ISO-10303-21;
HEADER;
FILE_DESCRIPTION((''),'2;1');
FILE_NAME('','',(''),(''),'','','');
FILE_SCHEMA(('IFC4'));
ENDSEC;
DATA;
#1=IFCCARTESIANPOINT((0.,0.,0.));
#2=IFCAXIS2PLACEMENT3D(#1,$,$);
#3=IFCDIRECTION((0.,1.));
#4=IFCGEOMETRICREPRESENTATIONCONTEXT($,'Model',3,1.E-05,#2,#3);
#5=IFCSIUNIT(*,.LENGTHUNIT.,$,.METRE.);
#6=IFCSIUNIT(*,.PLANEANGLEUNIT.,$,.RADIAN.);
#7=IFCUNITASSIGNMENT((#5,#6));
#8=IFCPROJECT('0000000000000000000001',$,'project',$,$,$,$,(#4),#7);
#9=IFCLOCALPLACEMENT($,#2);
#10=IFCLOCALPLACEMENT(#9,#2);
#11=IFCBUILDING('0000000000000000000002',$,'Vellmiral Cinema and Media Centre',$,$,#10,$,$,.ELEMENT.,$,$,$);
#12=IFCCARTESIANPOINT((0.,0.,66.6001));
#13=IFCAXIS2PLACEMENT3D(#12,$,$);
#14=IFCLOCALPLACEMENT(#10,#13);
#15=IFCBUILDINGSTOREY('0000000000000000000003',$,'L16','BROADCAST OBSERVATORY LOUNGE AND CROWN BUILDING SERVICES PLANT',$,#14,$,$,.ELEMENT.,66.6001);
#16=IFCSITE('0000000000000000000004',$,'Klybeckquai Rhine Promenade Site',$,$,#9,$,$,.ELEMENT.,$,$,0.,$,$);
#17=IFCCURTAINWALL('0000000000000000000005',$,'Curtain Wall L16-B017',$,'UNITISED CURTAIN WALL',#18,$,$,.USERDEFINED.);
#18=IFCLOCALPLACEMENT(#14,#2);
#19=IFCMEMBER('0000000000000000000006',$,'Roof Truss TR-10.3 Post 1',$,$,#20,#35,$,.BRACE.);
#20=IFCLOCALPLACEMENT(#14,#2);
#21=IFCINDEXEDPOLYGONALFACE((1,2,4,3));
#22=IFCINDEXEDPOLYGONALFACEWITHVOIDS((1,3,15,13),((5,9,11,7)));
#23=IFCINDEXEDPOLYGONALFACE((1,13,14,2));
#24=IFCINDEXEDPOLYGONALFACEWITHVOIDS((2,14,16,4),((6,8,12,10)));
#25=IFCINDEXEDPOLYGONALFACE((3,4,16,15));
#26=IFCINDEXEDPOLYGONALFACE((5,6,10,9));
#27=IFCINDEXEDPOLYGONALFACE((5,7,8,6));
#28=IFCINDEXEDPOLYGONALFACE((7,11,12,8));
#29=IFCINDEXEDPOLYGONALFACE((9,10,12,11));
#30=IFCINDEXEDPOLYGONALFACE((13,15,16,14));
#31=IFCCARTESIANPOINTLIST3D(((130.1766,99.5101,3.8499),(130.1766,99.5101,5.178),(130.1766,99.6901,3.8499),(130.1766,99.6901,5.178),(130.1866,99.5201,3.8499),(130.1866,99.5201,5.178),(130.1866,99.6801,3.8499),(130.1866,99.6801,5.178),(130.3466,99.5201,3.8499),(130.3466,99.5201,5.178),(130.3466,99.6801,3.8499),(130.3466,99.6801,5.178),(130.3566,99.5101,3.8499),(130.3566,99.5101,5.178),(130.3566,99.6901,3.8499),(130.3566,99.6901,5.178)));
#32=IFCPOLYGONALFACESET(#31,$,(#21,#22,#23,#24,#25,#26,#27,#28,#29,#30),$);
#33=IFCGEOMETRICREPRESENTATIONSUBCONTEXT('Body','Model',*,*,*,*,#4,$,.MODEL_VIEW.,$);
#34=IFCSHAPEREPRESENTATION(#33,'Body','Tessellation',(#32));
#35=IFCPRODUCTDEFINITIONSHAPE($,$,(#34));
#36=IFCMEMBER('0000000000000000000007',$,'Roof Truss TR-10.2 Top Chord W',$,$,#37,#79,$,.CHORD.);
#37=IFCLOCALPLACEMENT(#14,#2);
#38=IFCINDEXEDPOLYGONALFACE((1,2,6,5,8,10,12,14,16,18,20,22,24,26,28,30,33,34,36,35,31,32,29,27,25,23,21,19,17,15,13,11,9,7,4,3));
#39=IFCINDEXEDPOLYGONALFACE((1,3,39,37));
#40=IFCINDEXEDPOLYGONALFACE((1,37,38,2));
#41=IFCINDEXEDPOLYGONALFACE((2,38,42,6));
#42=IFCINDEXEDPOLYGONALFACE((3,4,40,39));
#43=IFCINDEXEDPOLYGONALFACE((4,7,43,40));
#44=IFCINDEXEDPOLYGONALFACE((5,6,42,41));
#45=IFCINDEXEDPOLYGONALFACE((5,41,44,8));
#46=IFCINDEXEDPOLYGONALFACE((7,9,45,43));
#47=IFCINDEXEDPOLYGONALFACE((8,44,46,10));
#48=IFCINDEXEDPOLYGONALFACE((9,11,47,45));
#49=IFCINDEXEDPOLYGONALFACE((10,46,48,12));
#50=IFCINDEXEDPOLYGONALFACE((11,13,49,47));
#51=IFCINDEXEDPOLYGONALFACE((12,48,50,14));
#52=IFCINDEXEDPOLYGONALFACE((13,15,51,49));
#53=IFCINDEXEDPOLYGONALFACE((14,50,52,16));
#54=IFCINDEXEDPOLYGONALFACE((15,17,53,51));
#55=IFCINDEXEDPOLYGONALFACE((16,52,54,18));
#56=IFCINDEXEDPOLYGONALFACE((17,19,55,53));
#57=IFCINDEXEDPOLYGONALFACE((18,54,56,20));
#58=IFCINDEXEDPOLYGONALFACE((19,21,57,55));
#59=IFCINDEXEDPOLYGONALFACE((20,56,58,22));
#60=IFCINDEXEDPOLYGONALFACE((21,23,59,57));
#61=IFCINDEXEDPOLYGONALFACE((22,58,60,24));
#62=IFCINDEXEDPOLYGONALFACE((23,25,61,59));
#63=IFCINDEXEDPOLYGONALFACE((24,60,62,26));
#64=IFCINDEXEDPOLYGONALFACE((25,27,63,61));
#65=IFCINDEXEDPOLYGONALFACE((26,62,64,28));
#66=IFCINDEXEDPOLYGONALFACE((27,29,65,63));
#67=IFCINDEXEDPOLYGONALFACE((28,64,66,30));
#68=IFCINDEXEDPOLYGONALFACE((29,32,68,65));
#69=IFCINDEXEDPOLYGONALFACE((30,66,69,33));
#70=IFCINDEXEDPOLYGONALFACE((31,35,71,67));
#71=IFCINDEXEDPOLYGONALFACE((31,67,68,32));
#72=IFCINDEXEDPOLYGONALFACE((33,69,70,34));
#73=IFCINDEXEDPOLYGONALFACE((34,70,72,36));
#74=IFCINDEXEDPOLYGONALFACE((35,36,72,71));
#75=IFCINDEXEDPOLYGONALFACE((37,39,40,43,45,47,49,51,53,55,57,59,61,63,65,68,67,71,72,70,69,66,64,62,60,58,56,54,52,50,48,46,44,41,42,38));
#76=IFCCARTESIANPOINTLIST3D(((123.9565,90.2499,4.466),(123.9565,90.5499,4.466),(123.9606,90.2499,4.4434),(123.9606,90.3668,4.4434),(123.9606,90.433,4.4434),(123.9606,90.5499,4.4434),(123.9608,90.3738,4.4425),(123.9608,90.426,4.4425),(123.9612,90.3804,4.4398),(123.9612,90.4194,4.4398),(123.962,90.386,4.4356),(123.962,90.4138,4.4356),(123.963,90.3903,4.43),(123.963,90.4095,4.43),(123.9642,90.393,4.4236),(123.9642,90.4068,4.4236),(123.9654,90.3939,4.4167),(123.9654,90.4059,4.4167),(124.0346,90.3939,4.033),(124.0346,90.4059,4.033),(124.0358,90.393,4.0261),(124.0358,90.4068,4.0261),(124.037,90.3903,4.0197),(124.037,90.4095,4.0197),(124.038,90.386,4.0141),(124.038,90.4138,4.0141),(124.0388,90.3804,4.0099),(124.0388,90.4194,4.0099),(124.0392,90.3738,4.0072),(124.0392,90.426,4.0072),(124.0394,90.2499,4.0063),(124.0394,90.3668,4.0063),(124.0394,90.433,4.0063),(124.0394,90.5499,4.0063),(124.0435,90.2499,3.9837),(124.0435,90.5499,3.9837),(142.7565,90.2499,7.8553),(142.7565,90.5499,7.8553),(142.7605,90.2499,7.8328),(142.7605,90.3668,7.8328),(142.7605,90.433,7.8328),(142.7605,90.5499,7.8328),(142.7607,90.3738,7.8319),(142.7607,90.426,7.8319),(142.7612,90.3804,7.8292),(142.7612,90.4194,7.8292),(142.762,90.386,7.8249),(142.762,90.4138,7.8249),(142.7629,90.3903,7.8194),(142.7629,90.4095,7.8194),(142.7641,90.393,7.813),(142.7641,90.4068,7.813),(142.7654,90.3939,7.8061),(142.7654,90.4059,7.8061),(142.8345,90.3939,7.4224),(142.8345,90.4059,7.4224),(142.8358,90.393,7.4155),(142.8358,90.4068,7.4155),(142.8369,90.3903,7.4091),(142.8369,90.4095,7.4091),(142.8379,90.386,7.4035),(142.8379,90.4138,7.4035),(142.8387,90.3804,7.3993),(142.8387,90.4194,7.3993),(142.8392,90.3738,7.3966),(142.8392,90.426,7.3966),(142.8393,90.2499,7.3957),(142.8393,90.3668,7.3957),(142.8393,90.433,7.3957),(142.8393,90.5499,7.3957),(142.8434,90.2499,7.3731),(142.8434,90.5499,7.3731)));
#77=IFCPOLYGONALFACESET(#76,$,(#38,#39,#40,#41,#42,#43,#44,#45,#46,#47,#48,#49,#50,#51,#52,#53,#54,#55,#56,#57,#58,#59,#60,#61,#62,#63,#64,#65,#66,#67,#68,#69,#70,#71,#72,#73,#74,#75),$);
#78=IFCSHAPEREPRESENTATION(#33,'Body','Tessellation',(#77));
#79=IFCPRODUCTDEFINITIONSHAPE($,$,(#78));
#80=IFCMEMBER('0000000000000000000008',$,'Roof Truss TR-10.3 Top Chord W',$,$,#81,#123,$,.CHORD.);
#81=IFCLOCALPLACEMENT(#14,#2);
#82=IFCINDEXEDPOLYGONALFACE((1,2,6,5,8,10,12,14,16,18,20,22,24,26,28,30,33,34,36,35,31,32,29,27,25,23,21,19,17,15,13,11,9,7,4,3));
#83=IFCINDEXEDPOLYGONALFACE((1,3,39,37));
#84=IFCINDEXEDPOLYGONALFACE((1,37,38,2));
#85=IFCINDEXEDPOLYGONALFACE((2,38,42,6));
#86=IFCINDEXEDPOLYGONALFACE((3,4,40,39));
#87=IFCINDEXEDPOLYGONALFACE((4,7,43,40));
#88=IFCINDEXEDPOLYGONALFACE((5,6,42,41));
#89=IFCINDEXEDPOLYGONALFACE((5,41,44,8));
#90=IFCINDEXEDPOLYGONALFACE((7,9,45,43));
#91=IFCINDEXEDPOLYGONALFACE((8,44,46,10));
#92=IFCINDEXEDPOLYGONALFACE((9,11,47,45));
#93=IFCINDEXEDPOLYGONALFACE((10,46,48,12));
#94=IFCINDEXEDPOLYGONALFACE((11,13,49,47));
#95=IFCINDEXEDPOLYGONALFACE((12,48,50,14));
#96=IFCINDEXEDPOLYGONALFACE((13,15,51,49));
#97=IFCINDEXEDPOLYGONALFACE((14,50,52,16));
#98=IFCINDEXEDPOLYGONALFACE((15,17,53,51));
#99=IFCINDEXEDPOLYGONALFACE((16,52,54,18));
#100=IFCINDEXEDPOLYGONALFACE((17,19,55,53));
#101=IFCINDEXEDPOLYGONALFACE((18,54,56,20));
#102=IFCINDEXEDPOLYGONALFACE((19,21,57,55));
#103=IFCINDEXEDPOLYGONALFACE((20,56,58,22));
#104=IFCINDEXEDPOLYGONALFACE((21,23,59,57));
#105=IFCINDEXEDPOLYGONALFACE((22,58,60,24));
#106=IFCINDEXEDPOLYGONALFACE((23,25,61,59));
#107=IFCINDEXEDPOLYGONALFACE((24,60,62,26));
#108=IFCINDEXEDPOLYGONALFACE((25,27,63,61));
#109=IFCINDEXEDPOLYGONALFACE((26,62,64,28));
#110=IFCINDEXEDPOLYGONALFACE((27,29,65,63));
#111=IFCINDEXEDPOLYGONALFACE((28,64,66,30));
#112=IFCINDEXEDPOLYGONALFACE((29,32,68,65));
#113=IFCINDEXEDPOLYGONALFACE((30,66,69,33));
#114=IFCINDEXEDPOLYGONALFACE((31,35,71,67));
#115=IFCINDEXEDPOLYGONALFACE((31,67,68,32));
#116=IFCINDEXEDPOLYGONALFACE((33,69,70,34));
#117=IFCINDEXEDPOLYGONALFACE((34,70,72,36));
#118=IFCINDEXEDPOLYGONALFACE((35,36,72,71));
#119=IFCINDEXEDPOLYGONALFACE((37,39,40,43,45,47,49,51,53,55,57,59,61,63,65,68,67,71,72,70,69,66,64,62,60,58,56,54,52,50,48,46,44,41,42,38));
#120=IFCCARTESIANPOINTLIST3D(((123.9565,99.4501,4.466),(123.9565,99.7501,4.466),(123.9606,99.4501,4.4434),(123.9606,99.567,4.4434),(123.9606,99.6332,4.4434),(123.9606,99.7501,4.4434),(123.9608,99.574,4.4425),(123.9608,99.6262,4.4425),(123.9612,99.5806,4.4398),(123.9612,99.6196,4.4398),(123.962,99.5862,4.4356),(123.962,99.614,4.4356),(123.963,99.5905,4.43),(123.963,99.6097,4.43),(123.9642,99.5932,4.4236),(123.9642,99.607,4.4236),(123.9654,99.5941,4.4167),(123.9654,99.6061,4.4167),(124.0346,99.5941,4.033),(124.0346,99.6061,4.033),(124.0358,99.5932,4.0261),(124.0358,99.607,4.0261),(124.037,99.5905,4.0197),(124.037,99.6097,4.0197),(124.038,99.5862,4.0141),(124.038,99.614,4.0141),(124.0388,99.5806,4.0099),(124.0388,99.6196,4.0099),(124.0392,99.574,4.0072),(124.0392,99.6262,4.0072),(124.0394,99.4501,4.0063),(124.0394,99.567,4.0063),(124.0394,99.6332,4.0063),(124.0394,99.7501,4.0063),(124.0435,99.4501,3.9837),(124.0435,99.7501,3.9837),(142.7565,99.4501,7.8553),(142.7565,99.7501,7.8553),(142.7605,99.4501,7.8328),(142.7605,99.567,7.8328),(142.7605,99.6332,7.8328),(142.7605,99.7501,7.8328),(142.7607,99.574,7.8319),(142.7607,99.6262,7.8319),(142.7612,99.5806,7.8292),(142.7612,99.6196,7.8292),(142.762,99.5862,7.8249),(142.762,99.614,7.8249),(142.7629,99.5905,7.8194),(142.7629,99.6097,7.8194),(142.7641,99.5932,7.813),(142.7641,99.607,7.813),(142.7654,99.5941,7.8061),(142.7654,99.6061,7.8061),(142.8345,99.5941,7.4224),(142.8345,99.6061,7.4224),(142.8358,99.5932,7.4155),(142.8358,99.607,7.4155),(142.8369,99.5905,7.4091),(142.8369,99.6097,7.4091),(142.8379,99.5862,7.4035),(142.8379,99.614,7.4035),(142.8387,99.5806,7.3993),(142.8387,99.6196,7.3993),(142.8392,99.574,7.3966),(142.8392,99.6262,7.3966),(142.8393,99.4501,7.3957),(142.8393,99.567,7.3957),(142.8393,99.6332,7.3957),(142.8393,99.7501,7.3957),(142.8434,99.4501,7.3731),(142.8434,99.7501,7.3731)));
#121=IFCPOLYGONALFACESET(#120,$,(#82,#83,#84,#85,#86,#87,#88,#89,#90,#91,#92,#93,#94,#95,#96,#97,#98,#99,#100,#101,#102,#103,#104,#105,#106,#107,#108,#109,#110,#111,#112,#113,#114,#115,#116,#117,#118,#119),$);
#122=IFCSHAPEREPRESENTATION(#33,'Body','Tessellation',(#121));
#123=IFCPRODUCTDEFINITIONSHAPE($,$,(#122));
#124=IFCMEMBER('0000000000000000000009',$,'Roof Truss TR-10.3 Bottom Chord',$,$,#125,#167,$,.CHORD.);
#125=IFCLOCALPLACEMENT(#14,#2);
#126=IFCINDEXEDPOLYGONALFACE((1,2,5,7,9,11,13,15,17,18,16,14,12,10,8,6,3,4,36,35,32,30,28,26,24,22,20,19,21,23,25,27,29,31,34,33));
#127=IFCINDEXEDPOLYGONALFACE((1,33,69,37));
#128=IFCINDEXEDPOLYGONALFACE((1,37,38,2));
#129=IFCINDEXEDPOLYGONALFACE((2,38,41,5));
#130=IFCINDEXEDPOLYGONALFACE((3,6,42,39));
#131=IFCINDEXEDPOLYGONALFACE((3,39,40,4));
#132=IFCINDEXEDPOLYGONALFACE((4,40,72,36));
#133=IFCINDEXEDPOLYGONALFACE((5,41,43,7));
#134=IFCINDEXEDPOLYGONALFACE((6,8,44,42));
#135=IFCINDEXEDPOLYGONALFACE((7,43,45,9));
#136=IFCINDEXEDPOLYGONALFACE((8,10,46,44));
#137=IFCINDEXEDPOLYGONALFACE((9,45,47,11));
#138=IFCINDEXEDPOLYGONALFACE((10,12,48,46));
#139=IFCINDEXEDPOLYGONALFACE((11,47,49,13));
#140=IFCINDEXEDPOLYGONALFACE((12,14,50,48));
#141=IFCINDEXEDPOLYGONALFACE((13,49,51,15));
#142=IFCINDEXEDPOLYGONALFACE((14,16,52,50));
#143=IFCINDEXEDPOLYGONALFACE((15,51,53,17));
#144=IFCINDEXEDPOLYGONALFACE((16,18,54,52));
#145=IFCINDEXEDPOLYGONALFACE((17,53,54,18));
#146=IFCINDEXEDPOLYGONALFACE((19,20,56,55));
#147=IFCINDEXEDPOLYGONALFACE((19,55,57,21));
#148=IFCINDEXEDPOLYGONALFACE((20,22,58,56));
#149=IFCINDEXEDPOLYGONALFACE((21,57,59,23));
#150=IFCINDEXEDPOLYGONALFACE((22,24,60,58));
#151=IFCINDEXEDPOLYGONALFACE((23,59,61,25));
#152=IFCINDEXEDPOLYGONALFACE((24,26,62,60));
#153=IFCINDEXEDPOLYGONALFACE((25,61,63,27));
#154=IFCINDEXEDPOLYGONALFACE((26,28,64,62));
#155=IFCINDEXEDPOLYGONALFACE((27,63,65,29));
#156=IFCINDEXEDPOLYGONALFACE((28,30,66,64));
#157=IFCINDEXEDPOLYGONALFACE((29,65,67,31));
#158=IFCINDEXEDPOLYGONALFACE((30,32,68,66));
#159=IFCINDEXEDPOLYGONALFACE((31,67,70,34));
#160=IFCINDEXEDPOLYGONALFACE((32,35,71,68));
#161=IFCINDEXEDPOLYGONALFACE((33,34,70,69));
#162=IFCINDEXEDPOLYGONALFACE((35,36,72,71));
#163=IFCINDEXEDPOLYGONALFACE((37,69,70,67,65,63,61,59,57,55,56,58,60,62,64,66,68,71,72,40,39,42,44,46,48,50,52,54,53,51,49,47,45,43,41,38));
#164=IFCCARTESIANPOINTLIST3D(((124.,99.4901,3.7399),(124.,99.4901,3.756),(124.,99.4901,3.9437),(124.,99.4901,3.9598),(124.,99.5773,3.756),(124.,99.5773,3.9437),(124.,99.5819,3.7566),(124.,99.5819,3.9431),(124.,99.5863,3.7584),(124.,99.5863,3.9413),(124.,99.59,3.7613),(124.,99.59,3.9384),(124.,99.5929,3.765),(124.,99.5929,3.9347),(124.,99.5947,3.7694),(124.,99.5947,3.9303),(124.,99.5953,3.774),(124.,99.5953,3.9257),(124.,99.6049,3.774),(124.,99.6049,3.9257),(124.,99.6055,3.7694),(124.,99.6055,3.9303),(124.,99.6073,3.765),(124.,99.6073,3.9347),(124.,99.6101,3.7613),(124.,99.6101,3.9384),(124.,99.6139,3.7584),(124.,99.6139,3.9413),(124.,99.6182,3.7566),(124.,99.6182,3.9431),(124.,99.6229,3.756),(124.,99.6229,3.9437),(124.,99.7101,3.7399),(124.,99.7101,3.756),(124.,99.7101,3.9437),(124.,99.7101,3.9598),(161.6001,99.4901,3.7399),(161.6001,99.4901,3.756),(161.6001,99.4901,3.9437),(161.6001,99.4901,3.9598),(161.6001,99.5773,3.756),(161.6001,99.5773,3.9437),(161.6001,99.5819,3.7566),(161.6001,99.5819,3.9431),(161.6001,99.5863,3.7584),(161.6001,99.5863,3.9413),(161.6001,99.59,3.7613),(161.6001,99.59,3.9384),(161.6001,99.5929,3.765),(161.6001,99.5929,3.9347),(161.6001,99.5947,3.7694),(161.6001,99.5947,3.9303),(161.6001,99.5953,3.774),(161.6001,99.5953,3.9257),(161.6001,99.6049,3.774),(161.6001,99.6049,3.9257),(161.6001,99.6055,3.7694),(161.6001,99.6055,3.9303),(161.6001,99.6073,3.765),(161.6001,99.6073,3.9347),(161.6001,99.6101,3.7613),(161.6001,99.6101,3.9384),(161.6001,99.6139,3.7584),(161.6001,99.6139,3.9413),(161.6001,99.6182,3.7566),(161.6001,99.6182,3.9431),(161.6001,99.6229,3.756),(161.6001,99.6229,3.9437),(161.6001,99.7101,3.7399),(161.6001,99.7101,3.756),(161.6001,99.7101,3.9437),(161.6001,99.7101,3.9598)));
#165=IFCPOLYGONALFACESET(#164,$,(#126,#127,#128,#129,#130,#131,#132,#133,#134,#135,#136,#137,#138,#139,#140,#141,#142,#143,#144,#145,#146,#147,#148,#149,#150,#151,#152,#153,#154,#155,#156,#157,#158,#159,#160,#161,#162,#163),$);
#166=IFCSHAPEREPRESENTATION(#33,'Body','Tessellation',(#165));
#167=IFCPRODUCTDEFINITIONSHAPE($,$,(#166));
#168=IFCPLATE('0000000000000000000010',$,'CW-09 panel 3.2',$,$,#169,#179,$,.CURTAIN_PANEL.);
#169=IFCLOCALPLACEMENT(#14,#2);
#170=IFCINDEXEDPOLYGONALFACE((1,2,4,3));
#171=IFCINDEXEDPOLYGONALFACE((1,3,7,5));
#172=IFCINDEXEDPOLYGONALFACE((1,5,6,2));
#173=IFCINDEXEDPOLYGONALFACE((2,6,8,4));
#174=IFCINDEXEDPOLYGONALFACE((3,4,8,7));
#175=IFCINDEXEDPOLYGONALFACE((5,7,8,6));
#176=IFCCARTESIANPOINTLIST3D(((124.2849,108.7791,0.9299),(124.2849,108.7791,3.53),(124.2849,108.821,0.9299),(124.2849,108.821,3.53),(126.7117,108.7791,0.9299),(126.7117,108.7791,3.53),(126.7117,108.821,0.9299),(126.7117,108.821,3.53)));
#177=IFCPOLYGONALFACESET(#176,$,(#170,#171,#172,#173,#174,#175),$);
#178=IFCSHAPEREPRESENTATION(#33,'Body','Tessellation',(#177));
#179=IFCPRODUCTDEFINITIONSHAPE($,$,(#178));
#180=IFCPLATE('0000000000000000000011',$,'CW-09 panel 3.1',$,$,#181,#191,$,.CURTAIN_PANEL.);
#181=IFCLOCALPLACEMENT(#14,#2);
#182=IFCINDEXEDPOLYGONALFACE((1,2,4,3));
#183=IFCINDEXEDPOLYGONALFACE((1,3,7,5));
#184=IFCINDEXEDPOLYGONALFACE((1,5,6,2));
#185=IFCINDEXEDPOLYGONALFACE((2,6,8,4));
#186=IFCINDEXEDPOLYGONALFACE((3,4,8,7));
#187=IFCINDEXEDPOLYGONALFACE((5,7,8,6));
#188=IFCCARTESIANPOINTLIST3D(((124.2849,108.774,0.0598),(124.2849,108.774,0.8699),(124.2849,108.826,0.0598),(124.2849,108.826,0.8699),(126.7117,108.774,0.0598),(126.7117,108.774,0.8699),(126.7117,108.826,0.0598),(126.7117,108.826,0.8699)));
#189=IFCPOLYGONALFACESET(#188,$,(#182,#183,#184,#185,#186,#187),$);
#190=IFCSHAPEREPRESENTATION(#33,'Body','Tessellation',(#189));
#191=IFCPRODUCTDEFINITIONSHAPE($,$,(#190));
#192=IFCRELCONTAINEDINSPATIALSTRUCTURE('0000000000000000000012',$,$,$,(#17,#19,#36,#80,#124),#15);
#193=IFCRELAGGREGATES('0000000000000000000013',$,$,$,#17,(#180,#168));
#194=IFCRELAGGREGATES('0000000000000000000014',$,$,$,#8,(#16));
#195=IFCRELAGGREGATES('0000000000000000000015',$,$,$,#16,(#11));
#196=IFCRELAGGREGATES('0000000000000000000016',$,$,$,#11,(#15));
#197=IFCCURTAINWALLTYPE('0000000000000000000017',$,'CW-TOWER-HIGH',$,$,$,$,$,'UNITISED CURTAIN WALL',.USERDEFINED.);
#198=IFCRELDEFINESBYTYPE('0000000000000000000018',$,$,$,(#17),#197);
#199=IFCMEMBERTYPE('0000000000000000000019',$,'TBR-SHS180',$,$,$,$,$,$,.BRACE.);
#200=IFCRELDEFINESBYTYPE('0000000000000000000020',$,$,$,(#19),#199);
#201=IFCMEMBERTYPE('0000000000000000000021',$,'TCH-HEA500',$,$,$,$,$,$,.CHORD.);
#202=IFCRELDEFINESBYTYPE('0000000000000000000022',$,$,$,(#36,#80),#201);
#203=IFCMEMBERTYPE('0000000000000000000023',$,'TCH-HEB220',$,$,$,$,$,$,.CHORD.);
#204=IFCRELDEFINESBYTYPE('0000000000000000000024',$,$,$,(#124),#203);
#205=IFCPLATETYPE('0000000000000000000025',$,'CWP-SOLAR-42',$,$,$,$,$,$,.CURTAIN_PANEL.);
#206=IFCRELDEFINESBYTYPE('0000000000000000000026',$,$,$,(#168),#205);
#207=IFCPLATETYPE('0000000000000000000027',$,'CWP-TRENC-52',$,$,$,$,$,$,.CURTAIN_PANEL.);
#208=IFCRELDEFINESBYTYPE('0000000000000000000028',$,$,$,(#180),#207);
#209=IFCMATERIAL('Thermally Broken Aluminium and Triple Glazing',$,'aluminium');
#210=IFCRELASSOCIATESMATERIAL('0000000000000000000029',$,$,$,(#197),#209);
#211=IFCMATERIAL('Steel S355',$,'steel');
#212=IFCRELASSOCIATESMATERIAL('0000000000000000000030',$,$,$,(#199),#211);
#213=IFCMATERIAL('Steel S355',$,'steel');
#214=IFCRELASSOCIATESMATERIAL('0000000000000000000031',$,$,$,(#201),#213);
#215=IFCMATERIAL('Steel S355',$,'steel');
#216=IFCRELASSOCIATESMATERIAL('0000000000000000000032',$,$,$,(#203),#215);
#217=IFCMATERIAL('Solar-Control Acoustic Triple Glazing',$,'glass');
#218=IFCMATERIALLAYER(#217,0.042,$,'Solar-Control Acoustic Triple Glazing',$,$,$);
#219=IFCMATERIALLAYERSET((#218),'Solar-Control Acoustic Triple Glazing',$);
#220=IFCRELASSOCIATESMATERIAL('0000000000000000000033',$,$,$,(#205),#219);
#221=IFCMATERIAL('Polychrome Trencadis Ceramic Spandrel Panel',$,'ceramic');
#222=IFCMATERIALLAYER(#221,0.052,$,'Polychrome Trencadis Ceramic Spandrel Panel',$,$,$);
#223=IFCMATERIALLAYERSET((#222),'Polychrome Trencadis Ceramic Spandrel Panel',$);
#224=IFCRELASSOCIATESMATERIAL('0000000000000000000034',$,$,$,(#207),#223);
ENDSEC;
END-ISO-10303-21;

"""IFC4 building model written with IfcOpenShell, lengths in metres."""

from ifc_helpers import new_model, si_unit, direction, frame, origin, origin_2d, place, context, subcontext, project, spatial, rectangle, hollow_rectangle, i_section, extrude, material, layer, layer_set, material_profile, profile_set, type_object, element, aggregate, save


model = new_model("IFC4")

# Units and contexts
model_context = context("Model", 3, precision=1e-05, world=origin(), true_north=direction((0.0, 1.0)))
body_context = subcontext(model_context, "Body", "Model", "MODEL_VIEW")
ifc_project = project(units=[si_unit("LENGTHUNIT", "METRE"), si_unit("PLANEANGLEUNIT", "RADIAN")], contexts=[model_context])

# Site, building, storey
site_placement = place(None, origin())
site = spatial("IfcSite", under=ifc_project, at=site_placement, Name="Klybeckquai Rhine Promenade Site", CompositionType="ELEMENT", RefElevation=0.0)
building_placement = place(site_placement, origin())
building = spatial("IfcBuilding", under=site, at=building_placement, Name="Vellmiral Cinema and Media Centre", CompositionType="ELEMENT")
storey_placement = place(building_placement, frame((0.0, 0.0, 66.6001)))
storey = spatial("IfcBuildingStorey", under=building, at=storey_placement, Name="L16", Description="BROADCAST OBSERVATORY LOUNGE AND CROWN BUILDING SERVICES PLANT", CompositionType="ELEMENT", Elevation=66.6001)

# Curtain wall
ifc_material_1 = material(Name="Thermally Broken Aluminium and Triple Glazing", Category="aluminium")
curtain_wall_type = type_object("IfcCurtainWallType", Name="CW-TOWER-HIGH", ElementType="UNITISED CURTAIN WALL", PredefinedType="USERDEFINED", material=ifc_material_1)
curtain_wall_placement = place(storey_placement, origin())
curtain_wall = element("IfcCurtainWall", 1, at=curtain_wall_placement, inside=storey, type_object=curtain_wall_type, Name="Curtain Wall L16-B017", ObjectType="UNITISED CURTAIN WALL", PredefinedType="USERDEFINED")

# Members
ifc_material_2 = material(Name="Steel S355", Category="steel")
ifc_material_profile_1 = material_profile(ifc_material_2, hollow_rectangle(XDim=0.1799, YDim=0.1799, WallThickness=0.01, at=origin_2d()), Name="SHS 180x180x10.0")
ifc_profile_set_1 = profile_set([ifc_material_profile_1], Name="Steel S355")
member_type_1 = type_object("IfcMemberType", Name="TBR-SHS180", PredefinedType="BRACE", material=ifc_profile_set_1)
member_1_placement = place(storey_placement, frame((130.2666, 99.6001, 3.8499), z_axis=(0.0, 0.0, 1.0), x_axis=(1.0, 0.0, 0.0)))
element("IfcMember", 2, at=member_1_placement, inside=storey, type_object=member_type_1, Name="Roof Truss TR-10.3 Post 1", PredefinedType="BRACE", context=body_context, shape_type="SweptSolid", body=[
    extrude(hollow_rectangle(XDim=0.1799, YDim=0.1799, WallThickness=0.01, at=origin_2d()), origin(), (0.0, 0.0, 1.0), 1.3281),
])
ifc_material_3 = material(Name="Steel S355", Category="steel")
ifc_material_profile_2 = material_profile(ifc_material_3, i_section(OverallWidth=0.3, OverallDepth=0.49, WebThickness=0.012, FlangeThickness=0.0229, FilletRadius=0.0271, at=origin_2d()), Name="HEA 500")
ifc_profile_set_2 = profile_set([ifc_material_profile_2], Name="Steel S355")
member_type_2 = type_object("IfcMemberType", Name="TCH-HEA500", PredefinedType="CHORD", material=ifc_profile_set_2)
for number, where, z_axis, x_axis, name in (
    (3, (124.0, 90.3999, 4.2249), (0.984134, 0.0, 0.177427), (0.0, 1.0, 0.0), "Roof Truss TR-10.2 Top Chord W"),
    (4, (124.0, 99.6001, 4.2249), (0.984134, 0.0, 0.177427), (0.0, 1.0, 0.0), "Roof Truss TR-10.3 Top Chord W"),
):
    element("IfcMember", number, at=place(storey_placement, frame(where, z_axis=z_axis, x_axis=x_axis)), inside=storey, type_object=member_type_2, Name=name, PredefinedType="CHORD", context=body_context, shape_type="SweptSolid", body=[
        extrude(i_section(OverallWidth=0.3, OverallDepth=0.49, WebThickness=0.012, FlangeThickness=0.0229, FilletRadius=0.0271, at=origin_2d()), origin(), (0.0, 0.0, 1.0), 19.103),
    ])
ifc_material_4 = material(Name="Steel S355", Category="steel")
ifc_material_profile_3 = material_profile(ifc_material_4, i_section(OverallWidth=0.22, OverallDepth=0.22, WebThickness=0.0095, FlangeThickness=0.0161, FilletRadius=0.0181, at=origin_2d()), Name="HEB 220")
ifc_profile_set_3 = profile_set([ifc_material_profile_3], Name="Steel S355")
member_type_3 = type_object("IfcMemberType", Name="TCH-HEB220", PredefinedType="CHORD", material=ifc_profile_set_3)
member_2_placement = place(storey_placement, frame((124.0, 99.6001, 3.8499), z_axis=(1.0, 0.0, 0.0), x_axis=(0.0, 1.0, 0.0)))
element("IfcMember", 5, at=member_2_placement, inside=storey, type_object=member_type_3, Name="Roof Truss TR-10.3 Bottom Chord", PredefinedType="CHORD", context=body_context, shape_type="SweptSolid", body=[
    extrude(i_section(OverallWidth=0.22, OverallDepth=0.22, WebThickness=0.0095, FlangeThickness=0.0161, FilletRadius=0.0181, at=origin_2d()), origin(), (0.0, 0.0, 1.0), 37.6001),
])

# Plates
ifc_material_5 = material(Name="Solar-Control Acoustic Triple Glazing", Category="glass")
ifc_layer_1 = layer(ifc_material_5, 0.042, Name="Solar-Control Acoustic Triple Glazing")
ifc_layer_set_1 = layer_set([ifc_layer_1], Name="Solar-Control Acoustic Triple Glazing")
plate_type_1 = type_object("IfcPlateType", Name="CWP-SOLAR-42", PredefinedType="CURTAIN_PANEL", material=ifc_layer_set_1)
plate_1_placement = place(storey_placement, frame((125.4983, 108.8, 0.9299), z_axis=(0.0, 0.0, 1.0), x_axis=(-1.0, 0.0, 0.0)))
plate_1 = element("IfcPlate", 6, at=plate_1_placement, type_object=plate_type_1, Name="CW-09 panel 3.2", PredefinedType="CURTAIN_PANEL", context=body_context, shape_type="SweptSolid", body=[
    extrude(rectangle(XDim=2.4268, YDim=0.042, at=origin_2d()), origin(), (0.0, 0.0, 1.0), 2.6001),
])
ifc_material_6 = material(Name="Polychrome Trencadis Ceramic Spandrel Panel", Category="ceramic")
ifc_layer_2 = layer(ifc_material_6, 0.052, Name="Polychrome Trencadis Ceramic Spandrel Panel")
ifc_layer_set_2 = layer_set([ifc_layer_2], Name="Polychrome Trencadis Ceramic Spandrel Panel")
plate_type_2 = type_object("IfcPlateType", Name="CWP-TRENC-52", PredefinedType="CURTAIN_PANEL", material=ifc_layer_set_2)
plate_2_placement = place(storey_placement, frame((125.4983, 108.8, 0.0598), z_axis=(0.0, 0.0, 1.0), x_axis=(-1.0, 0.0, 0.0)))
plate_2 = element("IfcPlate", 7, at=plate_2_placement, type_object=plate_type_2, Name="CW-09 panel 3.1", PredefinedType="CURTAIN_PANEL", context=body_context, shape_type="SweptSolid", body=[
    extrude(rectangle(XDim=2.4268, YDim=0.052, at=origin_2d()), origin(), (0.0, 0.0, 1.0), 0.8101),
])
aggregate(curtain_wall, [plate_2, plate_1])

save(model, "model.ifc")
